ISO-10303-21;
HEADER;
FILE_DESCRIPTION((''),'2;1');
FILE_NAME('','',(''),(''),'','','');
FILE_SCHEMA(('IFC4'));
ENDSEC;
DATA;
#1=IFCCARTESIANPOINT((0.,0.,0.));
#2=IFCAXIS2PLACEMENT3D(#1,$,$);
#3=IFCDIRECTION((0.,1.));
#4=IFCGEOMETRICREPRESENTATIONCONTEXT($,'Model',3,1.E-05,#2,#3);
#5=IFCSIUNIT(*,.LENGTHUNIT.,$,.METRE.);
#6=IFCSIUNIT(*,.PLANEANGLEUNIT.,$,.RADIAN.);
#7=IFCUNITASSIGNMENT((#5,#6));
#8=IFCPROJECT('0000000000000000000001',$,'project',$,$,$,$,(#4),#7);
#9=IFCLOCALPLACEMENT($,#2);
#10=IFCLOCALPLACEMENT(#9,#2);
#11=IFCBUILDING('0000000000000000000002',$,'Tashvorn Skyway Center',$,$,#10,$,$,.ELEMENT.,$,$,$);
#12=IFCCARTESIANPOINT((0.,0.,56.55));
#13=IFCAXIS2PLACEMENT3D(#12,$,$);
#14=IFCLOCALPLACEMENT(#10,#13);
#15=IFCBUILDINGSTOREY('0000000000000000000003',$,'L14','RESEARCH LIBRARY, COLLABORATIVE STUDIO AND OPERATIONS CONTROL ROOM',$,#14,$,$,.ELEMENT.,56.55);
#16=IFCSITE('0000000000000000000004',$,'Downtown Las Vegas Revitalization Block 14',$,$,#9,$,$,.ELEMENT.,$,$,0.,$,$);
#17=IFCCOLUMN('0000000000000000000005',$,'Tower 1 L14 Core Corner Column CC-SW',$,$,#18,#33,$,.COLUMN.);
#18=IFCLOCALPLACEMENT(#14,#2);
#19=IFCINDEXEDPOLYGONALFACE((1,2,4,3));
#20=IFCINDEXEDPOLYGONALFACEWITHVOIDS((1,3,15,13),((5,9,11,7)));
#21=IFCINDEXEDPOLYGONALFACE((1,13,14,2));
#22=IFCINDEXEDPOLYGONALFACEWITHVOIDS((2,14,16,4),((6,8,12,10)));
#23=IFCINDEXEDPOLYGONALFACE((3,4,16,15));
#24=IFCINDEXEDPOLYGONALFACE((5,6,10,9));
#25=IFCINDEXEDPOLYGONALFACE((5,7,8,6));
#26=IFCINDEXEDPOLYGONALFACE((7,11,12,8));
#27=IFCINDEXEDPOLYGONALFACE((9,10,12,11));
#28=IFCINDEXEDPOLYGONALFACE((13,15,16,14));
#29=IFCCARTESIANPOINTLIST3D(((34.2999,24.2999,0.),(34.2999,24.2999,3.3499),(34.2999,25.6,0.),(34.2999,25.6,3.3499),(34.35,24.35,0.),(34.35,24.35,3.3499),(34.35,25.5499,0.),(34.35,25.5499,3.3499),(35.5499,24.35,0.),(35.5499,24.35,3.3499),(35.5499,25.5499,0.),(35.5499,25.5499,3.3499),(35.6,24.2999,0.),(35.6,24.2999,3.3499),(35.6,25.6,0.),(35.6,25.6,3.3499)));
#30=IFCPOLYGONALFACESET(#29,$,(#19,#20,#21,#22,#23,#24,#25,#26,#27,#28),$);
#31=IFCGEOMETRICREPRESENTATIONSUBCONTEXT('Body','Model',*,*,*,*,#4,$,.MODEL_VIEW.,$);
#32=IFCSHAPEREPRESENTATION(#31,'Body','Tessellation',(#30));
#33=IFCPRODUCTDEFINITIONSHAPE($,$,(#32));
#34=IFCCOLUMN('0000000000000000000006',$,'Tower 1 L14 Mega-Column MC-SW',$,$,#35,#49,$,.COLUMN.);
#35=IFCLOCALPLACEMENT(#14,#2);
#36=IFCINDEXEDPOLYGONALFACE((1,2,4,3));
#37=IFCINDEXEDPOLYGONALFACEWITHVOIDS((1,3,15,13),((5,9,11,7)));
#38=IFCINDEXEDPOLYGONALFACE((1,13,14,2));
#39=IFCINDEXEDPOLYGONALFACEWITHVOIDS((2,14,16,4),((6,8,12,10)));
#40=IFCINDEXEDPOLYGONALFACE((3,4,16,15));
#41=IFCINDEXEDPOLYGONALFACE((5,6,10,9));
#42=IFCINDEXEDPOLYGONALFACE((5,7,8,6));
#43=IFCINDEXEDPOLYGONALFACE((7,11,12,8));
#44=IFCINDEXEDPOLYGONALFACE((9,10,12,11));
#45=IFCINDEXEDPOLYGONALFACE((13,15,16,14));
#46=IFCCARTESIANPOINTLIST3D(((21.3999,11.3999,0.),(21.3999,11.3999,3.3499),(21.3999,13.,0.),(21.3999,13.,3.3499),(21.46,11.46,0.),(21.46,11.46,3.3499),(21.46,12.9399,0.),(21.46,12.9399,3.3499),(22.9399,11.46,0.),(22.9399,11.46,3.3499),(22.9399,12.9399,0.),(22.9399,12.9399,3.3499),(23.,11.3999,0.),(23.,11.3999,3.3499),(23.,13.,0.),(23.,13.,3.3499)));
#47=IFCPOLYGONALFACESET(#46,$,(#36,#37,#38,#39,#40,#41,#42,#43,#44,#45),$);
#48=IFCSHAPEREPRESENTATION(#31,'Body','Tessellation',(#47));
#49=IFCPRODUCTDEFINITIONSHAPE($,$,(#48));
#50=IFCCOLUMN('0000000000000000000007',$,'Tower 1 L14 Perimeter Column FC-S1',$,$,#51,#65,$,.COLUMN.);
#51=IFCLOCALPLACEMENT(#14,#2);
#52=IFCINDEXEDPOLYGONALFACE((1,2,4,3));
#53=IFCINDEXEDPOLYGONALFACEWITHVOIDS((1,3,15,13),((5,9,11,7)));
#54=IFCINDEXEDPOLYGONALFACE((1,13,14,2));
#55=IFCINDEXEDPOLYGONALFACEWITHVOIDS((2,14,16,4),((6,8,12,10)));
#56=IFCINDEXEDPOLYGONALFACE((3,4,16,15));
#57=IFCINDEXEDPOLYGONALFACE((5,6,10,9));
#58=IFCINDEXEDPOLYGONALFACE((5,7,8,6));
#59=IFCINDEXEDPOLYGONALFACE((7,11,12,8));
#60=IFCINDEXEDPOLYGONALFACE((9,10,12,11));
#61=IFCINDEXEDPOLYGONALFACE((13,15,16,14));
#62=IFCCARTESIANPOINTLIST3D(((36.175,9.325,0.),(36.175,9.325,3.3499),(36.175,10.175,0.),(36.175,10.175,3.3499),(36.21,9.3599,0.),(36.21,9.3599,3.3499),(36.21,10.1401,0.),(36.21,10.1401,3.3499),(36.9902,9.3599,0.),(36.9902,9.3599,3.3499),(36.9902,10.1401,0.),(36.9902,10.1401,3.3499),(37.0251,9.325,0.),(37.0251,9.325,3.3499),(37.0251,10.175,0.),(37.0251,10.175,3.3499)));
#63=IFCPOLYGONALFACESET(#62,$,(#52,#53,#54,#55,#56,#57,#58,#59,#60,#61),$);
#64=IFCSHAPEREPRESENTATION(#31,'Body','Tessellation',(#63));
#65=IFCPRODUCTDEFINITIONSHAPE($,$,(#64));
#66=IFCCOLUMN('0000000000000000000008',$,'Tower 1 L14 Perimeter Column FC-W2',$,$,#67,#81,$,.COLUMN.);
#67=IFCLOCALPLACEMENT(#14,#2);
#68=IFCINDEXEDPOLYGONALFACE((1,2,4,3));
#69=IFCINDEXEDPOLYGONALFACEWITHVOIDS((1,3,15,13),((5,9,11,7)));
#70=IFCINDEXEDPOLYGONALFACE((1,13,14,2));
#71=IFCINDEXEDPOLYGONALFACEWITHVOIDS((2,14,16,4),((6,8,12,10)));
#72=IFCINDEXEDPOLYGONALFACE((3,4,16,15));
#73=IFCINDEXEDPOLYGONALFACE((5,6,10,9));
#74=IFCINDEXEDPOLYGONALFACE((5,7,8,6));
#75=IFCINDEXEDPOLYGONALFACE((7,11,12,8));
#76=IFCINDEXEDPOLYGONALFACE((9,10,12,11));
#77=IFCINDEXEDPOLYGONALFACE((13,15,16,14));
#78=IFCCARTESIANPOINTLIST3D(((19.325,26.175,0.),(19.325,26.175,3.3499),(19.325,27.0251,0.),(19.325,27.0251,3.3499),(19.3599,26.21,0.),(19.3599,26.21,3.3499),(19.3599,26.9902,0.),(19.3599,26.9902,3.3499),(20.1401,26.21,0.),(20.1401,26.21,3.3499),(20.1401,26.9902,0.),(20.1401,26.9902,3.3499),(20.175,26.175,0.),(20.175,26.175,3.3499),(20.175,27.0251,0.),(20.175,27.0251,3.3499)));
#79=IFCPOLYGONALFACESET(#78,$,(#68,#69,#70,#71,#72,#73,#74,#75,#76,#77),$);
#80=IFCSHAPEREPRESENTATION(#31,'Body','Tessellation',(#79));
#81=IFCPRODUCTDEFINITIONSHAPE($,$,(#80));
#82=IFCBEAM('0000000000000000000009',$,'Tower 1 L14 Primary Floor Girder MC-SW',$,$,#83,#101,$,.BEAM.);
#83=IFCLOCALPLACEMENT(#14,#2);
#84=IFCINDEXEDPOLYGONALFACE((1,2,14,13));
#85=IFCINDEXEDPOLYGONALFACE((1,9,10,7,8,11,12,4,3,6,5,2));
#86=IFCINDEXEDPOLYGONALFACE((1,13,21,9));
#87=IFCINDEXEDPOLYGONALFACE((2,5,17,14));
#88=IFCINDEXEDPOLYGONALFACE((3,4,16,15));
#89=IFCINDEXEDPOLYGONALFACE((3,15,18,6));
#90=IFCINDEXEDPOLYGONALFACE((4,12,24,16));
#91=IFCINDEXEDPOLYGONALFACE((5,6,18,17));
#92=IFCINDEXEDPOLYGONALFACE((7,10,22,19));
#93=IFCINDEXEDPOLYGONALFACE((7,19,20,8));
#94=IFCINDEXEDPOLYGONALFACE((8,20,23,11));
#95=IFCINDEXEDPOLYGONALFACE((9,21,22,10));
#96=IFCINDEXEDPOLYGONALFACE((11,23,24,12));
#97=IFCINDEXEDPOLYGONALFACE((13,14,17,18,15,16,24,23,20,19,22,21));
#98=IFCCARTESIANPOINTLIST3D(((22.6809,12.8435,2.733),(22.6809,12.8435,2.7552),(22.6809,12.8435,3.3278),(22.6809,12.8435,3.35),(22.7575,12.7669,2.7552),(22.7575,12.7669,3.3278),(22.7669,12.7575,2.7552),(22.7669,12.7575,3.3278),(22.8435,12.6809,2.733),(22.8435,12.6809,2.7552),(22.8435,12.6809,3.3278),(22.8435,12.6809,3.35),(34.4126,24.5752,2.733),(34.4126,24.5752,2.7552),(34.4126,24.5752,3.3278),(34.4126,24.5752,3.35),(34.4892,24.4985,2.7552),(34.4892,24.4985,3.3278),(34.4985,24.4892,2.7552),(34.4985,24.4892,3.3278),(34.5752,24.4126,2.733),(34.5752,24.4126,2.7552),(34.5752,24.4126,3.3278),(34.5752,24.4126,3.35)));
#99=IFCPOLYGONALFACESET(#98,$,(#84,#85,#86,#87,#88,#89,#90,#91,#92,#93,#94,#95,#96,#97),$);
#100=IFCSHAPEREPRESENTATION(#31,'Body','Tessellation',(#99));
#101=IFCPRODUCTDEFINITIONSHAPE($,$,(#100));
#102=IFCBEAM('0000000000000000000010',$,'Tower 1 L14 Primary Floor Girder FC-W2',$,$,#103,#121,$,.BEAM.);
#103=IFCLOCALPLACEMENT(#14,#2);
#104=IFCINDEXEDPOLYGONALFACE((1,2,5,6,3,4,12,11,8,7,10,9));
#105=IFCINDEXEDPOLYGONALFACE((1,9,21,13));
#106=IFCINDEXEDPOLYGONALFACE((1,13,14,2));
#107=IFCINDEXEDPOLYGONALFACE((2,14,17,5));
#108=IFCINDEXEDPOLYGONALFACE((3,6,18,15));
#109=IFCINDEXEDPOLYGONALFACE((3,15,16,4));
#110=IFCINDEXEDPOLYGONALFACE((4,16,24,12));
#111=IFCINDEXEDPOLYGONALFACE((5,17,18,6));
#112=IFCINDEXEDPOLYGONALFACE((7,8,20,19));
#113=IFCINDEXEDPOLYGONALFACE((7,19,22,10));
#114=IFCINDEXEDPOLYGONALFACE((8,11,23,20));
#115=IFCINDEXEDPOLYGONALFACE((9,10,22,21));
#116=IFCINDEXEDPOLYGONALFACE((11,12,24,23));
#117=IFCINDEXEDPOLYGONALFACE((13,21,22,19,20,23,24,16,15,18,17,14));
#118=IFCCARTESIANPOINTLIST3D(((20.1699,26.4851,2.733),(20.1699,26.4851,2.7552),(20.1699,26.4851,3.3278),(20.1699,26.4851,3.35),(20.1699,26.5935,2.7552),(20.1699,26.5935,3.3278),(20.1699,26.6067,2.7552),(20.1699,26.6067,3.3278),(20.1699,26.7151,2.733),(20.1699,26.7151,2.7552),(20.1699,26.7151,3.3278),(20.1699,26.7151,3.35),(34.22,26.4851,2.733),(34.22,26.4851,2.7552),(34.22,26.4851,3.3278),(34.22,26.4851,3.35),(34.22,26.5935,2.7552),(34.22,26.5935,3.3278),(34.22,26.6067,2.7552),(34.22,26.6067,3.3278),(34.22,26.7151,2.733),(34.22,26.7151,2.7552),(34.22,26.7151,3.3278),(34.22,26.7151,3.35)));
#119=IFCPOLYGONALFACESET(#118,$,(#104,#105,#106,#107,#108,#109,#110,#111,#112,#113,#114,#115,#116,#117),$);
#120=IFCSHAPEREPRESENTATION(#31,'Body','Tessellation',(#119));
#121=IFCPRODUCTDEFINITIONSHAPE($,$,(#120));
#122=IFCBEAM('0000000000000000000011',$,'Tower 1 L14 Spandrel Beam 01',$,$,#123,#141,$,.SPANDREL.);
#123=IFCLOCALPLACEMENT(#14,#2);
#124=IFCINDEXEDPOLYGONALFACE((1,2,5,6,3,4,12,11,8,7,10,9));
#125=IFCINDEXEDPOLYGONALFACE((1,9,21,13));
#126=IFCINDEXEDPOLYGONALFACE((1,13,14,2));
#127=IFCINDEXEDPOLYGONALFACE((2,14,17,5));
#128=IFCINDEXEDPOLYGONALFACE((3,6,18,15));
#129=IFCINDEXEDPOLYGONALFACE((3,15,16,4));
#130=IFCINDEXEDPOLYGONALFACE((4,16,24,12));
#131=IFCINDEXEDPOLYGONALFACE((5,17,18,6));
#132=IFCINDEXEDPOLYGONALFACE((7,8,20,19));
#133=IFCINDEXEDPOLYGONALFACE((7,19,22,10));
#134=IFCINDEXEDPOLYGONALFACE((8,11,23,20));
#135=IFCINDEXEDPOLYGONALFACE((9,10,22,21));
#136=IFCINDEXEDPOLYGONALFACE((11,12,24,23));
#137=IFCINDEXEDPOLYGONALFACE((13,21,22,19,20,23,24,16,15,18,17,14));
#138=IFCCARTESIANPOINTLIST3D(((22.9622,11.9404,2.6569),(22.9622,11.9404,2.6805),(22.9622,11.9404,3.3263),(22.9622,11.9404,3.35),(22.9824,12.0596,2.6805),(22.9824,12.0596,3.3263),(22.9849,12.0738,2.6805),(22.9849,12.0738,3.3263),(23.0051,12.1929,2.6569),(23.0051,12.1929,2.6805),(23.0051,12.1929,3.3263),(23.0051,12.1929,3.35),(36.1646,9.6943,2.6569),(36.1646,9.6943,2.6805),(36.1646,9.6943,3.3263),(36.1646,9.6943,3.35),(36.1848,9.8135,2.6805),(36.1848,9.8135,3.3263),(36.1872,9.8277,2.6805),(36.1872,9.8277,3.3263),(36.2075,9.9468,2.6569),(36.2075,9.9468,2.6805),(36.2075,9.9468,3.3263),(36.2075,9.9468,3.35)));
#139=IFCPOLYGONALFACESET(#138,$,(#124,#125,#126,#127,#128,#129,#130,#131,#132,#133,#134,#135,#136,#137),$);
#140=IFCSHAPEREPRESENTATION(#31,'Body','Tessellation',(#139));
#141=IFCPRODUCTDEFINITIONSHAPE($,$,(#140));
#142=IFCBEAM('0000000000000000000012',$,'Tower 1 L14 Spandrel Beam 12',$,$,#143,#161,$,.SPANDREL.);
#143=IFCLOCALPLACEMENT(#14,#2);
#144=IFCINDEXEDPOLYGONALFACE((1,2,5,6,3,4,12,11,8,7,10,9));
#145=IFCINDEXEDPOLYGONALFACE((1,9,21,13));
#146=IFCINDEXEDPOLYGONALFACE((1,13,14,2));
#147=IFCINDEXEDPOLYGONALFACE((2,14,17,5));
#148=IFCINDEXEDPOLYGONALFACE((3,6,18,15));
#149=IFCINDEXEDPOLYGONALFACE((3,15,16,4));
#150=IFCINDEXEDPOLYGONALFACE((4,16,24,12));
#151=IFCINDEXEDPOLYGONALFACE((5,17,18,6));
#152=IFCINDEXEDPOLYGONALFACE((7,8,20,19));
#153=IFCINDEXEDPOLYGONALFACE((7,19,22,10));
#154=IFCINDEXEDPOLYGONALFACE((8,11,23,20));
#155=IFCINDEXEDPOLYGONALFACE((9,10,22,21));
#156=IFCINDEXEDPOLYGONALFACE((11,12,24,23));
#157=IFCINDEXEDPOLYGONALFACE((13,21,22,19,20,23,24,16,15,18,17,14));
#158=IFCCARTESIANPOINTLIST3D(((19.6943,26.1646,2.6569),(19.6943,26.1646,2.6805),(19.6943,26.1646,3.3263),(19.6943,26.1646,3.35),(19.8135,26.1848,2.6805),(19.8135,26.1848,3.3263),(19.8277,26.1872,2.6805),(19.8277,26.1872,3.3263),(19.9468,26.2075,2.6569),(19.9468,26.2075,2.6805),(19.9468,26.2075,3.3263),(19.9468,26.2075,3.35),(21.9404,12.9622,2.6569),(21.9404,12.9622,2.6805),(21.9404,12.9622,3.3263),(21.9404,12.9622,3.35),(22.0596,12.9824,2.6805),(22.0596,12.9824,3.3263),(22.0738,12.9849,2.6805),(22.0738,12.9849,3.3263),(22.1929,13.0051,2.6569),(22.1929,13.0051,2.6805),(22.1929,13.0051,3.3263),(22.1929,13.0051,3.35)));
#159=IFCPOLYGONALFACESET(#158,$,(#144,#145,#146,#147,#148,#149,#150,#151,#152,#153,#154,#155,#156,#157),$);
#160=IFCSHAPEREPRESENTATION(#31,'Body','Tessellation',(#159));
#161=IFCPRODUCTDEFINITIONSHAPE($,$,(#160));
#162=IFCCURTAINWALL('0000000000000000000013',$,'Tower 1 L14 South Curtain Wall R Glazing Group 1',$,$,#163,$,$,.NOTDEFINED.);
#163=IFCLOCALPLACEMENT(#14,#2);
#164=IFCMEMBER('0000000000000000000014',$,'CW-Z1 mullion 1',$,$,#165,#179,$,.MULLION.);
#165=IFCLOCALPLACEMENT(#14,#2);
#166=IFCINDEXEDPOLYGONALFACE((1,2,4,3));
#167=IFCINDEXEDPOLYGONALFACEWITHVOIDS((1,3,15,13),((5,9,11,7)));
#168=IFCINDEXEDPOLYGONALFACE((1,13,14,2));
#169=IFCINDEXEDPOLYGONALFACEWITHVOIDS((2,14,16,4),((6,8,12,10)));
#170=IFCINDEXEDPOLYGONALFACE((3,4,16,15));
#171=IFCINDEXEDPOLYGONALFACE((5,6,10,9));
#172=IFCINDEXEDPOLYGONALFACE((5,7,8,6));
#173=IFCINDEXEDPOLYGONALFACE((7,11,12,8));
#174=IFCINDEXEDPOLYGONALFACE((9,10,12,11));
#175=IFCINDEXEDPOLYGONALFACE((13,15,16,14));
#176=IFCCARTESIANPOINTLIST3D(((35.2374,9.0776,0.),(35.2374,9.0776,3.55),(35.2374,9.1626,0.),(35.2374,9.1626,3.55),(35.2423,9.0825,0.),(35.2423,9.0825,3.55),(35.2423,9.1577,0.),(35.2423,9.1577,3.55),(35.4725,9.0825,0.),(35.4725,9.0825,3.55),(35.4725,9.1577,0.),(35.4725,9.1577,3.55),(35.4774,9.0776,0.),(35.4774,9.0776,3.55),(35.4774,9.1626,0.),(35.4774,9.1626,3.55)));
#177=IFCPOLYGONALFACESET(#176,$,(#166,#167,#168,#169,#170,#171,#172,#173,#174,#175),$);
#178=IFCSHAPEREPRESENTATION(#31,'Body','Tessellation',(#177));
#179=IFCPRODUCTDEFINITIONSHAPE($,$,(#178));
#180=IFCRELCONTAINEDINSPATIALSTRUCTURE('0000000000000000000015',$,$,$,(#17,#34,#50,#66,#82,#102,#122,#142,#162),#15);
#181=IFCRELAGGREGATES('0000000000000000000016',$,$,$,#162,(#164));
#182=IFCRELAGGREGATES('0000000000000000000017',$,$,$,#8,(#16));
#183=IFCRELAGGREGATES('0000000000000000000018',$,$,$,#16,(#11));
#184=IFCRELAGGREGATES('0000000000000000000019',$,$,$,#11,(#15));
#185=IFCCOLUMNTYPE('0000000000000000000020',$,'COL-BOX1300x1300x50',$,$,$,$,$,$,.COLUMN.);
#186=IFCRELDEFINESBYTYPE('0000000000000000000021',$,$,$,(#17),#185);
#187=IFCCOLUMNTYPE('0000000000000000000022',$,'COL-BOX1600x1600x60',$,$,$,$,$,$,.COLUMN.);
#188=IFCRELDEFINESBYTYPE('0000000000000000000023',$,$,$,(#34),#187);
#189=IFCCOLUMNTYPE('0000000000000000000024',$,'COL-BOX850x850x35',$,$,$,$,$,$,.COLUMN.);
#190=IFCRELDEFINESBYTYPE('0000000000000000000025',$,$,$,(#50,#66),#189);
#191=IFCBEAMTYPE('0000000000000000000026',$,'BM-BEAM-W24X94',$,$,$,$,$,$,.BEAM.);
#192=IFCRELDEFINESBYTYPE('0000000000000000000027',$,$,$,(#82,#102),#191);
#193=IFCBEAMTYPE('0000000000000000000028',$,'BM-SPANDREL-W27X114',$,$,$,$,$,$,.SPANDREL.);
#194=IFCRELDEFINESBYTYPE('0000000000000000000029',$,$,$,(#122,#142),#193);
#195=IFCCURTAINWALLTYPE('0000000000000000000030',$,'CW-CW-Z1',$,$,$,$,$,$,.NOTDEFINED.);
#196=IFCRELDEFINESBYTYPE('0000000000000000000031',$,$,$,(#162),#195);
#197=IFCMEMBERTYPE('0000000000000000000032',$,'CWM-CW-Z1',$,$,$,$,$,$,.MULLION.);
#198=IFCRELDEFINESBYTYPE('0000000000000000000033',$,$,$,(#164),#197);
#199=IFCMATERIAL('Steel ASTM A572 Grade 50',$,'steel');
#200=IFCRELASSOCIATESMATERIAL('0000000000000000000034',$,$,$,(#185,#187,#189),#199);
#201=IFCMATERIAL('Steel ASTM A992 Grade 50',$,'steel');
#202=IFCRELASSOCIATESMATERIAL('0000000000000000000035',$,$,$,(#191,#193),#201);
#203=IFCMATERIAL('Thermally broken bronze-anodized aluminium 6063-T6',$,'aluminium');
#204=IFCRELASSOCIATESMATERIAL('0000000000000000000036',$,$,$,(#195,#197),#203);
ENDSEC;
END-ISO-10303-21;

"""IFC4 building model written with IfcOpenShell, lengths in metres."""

from ifc_helpers import new_model, si_unit, direction, frame, origin, origin_2d, place, context, subcontext, project, spatial, hollow_rectangle, i_section, extrude, material, material_profile, profile_set, type_object, element, aggregate, save


model = new_model("IFC4")

# Units and contexts
model_context = context("Model", 3, precision=1e-05, world=origin(), true_north=direction((0.0, 1.0)))
body_context = subcontext(model_context, "Body", "Model", "MODEL_VIEW")
ifc_project = project(units=[si_unit("LENGTHUNIT", "METRE"), si_unit("PLANEANGLEUNIT", "RADIAN")], contexts=[model_context])

# Site, building, storey
site_placement = place(None, origin())
site = spatial("IfcSite", under=ifc_project, at=site_placement, Name="Downtown Las Vegas Revitalization Block 14", CompositionType="ELEMENT", RefElevation=0.0)
building_placement = place(site_placement, origin())
building = spatial("IfcBuilding", under=site, at=building_placement, Name="Tashvorn Skyway Center", CompositionType="ELEMENT")
storey_placement = place(building_placement, frame((0.0, 0.0, 56.55)))
storey = spatial("IfcBuildingStorey", under=building, at=storey_placement, Name="L14", Description="RESEARCH LIBRARY, COLLABORATIVE STUDIO AND OPERATIONS CONTROL ROOM", CompositionType="ELEMENT", Elevation=56.55)

# Columns
ifc_material_1 = material(Name="Steel ASTM A572 Grade 50", Category="steel")
ifc_material_profile_1 = material_profile(ifc_material_1, hollow_rectangle(XDim=1.3, YDim=1.3, WallThickness=0.05, at=origin_2d()), Name="BOX1300x1300x50")
ifc_profile_set_1 = profile_set([ifc_material_profile_1], Name="Steel ASTM A572 Grade 50")
column_type_1 = type_object("IfcColumnType", Name="COL-BOX1300x1300x50", PredefinedType="COLUMN", material=ifc_profile_set_1)
column_1_placement = place(storey_placement, frame((34.95, 24.95, 0.0), z_axis=(0.0, 0.0, 1.0), x_axis=(1.0, 0.0, 0.0)))
element("IfcColumn", 1, at=column_1_placement, inside=storey, type_object=column_type_1, Name="Tower 1 L14 Core Corner Column CC-SW", PredefinedType="COLUMN", context=body_context, shape_type="SweptSolid", body=[
    extrude(hollow_rectangle(XDim=1.3, YDim=1.3, WallThickness=0.05, at=origin_2d()), origin(), (0.0, 0.0, 1.0), 3.3499),
])
ifc_material_profile_2 = material_profile(ifc_material_1, hollow_rectangle(XDim=1.6001, YDim=1.6001, WallThickness=0.0601, at=origin_2d()), Name="BOX1600x1600x60")
ifc_profile_set_2 = profile_set([ifc_material_profile_2], Name="Steel ASTM A572 Grade 50")
column_type_2 = type_object("IfcColumnType", Name="COL-BOX1600x1600x60", PredefinedType="COLUMN", material=ifc_profile_set_2)
column_2_placement = place(storey_placement, frame((22.2, 12.2, 0.0), z_axis=(0.0, 0.0, 1.0), x_axis=(1.0, 0.0, 0.0)))
element("IfcColumn", 2, at=column_2_placement, inside=storey, type_object=column_type_2, Name="Tower 1 L14 Mega-Column MC-SW", PredefinedType="COLUMN", context=body_context, shape_type="SweptSolid", body=[
    extrude(hollow_rectangle(XDim=1.6001, YDim=1.6001, WallThickness=0.0601, at=origin_2d()), origin(), (0.0, 0.0, 1.0), 3.3499),
])
ifc_material_profile_3 = material_profile(ifc_material_1, hollow_rectangle(XDim=0.8501, YDim=0.8501, WallThickness=0.0349, at=origin_2d()), Name="BOX850x850x35")
ifc_profile_set_3 = profile_set([ifc_material_profile_3], Name="Steel ASTM A572 Grade 50")
column_type_3 = type_object("IfcColumnType", Name="COL-BOX850x850x35", PredefinedType="COLUMN", material=ifc_profile_set_3)
for number, where, z_axis, x_axis, name in (
    (3, (36.6001, 9.75, 0.0), (0.0, 0.0, 1.0), (1.0, 0.0, 0.0), "Tower 1 L14 Perimeter Column FC-S1"),
    (4, (19.75, 26.6001, 0.0), (0.0, 0.0, 1.0), (1.0, 0.0, 0.0), "Tower 1 L14 Perimeter Column FC-W2"),
):
    element("IfcColumn", number, at=place(storey_placement, frame(where, z_axis=z_axis, x_axis=x_axis)), inside=storey, type_object=column_type_3, Name=name, PredefinedType="COLUMN", context=body_context, shape_type="SweptSolid", body=[
        extrude(hollow_rectangle(XDim=0.8501, YDim=0.8501, WallThickness=0.0349, at=origin_2d()), origin(), (0.0, 0.0, 1.0), 3.3499),
    ])

# Beams
ifc_material_2 = material(Name="Steel ASTM A992 Grade 50", Category="steel")
ifc_material_profile_4 = material_profile(ifc_material_2, i_section(OverallWidth=0.23, OverallDepth=0.6169, WebThickness=0.0132, FlangeThickness=0.0222, at=origin_2d()), Name="W24X94")
ifc_profile_set_4 = profile_set([ifc_material_profile_4], Name="Steel ASTM A992 Grade 50")
beam_type_1 = type_object("IfcBeamType", Name="BM-BEAM-W24X94", PredefinedType="BEAM", material=ifc_profile_set_4)
beam_1_placement = place(storey_placement, frame((22.7622, 12.7622, 3.0415), z_axis=(0.707107, 0.707107, 0.0), x_axis=(-0.707107, 0.707107, 0.0)))
element("IfcBeam", 5, at=beam_1_placement, inside=storey, type_object=beam_type_1, Name="Tower 1 L14 Primary Floor Girder MC-SW", PredefinedType="BEAM", context=body_context, shape_type="SweptSolid", body=[
    extrude(i_section(OverallWidth=0.23, OverallDepth=0.6169, WebThickness=0.0132, FlangeThickness=0.0222, at=origin_2d()), origin(), (0.0, 0.0, 1.0), 16.5911),
])
beam_2_placement = place(storey_placement, frame((20.1699, 26.6001, 3.0415), z_axis=(1.0, 0.0, 0.0), x_axis=(0.0, 1.0, 0.0)))
element("IfcBeam", 6, at=beam_2_placement, inside=storey, type_object=beam_type_1, Name="Tower 1 L14 Primary Floor Girder FC-W2", PredefinedType="BEAM", context=body_context, shape_type="SweptSolid", body=[
    extrude(i_section(OverallWidth=0.23, OverallDepth=0.6169, WebThickness=0.0132, FlangeThickness=0.0222, at=origin_2d()), origin(), (0.0, 0.0, 1.0), 14.05),
])
ifc_material_profile_5 = material_profile(ifc_material_2, i_section(OverallWidth=0.2561, OverallDepth=0.6931, WebThickness=0.0144, FlangeThickness=0.0237, at=origin_2d()), Name="W27X114")
ifc_profile_set_5 = profile_set([ifc_material_profile_5], Name="Steel ASTM A992 Grade 50")
beam_type_2 = type_object("IfcBeamType", Name="BM-SPANDREL-W27X114", PredefinedType="SPANDREL", material=ifc_profile_set_5)
for number, where, z_axis, x_axis, name in (
    (7, (22.9836, 12.0667, 3.0034), (0.985835, -0.167718, 0.0), (0.167718, 0.985835, 0.0), "Tower 1 L14 Spandrel Beam 01"),
    (8, (19.8206, 26.186, 3.0034), (0.167718, -0.985835, 0.0), (0.985835, 0.167718, 0.0), "Tower 1 L14 Spandrel Beam 12"),
):
    element("IfcBeam", number, at=place(storey_placement, frame(where, z_axis=z_axis, x_axis=x_axis)), inside=storey, type_object=beam_type_2, Name=name, PredefinedType="SPANDREL", context=body_context, shape_type="SweptSolid", body=[
        extrude(i_section(OverallWidth=0.2561, OverallDepth=0.6931, WebThickness=0.0144, FlangeThickness=0.0237, at=origin_2d()), origin(), (0.0, 0.0, 1.0), 13.3921),
    ])

# Curtain wall, member
ifc_material_3 = material(Name="Thermally broken bronze-anodized aluminium 6063-T6", Category="aluminium")
curtain_wall_type = type_object("IfcCurtainWallType", Name="CW-CW-Z1", PredefinedType="NOTDEFINED", material=ifc_material_3)
curtain_wall_1_placement = place(storey_placement, origin())
curtain_wall_1 = element("IfcCurtainWall", 9, at=curtain_wall_1_placement, inside=storey, type_object=curtain_wall_type, Name="Tower 1 L14 South Curtain Wall R Glazing Group 1", PredefinedType="NOTDEFINED")
ifc_material_profile_6 = material_profile(ifc_material_3, hollow_rectangle(XDim=0.085, YDim=0.24, WallThickness=0.0049, at=origin_2d()), Name="ALU-MULL-85x240")
ifc_profile_set_6 = profile_set([ifc_material_profile_6], Name="Thermally broken bronze-anodized aluminium 6063-T6")
member_type_1 = type_object("IfcMemberType", Name="CWM-CW-Z1", PredefinedType="MULLION", material=ifc_profile_set_6)
member_1_placement = place(storey_placement, frame((35.3574, 9.1201, 0.0), z_axis=(0.0, 0.0, 1.0), x_axis=(0.0, -1.0, 0.0)))
member_1 = element("IfcMember", 10, at=member_1_placement, type_object=member_type_1, Name="CW-Z1 mullion 1", PredefinedType="MULLION", context=body_context, shape_type="SweptSolid", body=[
    extrude(hollow_rectangle(XDim=0.085, YDim=0.24, WallThickness=0.0049, at=origin_2d()), origin(), (0.0, 0.0, 1.0), 3.55),
])

aggregate(curtain_wall_1, [member_1])

save(model, "model.ifc")
